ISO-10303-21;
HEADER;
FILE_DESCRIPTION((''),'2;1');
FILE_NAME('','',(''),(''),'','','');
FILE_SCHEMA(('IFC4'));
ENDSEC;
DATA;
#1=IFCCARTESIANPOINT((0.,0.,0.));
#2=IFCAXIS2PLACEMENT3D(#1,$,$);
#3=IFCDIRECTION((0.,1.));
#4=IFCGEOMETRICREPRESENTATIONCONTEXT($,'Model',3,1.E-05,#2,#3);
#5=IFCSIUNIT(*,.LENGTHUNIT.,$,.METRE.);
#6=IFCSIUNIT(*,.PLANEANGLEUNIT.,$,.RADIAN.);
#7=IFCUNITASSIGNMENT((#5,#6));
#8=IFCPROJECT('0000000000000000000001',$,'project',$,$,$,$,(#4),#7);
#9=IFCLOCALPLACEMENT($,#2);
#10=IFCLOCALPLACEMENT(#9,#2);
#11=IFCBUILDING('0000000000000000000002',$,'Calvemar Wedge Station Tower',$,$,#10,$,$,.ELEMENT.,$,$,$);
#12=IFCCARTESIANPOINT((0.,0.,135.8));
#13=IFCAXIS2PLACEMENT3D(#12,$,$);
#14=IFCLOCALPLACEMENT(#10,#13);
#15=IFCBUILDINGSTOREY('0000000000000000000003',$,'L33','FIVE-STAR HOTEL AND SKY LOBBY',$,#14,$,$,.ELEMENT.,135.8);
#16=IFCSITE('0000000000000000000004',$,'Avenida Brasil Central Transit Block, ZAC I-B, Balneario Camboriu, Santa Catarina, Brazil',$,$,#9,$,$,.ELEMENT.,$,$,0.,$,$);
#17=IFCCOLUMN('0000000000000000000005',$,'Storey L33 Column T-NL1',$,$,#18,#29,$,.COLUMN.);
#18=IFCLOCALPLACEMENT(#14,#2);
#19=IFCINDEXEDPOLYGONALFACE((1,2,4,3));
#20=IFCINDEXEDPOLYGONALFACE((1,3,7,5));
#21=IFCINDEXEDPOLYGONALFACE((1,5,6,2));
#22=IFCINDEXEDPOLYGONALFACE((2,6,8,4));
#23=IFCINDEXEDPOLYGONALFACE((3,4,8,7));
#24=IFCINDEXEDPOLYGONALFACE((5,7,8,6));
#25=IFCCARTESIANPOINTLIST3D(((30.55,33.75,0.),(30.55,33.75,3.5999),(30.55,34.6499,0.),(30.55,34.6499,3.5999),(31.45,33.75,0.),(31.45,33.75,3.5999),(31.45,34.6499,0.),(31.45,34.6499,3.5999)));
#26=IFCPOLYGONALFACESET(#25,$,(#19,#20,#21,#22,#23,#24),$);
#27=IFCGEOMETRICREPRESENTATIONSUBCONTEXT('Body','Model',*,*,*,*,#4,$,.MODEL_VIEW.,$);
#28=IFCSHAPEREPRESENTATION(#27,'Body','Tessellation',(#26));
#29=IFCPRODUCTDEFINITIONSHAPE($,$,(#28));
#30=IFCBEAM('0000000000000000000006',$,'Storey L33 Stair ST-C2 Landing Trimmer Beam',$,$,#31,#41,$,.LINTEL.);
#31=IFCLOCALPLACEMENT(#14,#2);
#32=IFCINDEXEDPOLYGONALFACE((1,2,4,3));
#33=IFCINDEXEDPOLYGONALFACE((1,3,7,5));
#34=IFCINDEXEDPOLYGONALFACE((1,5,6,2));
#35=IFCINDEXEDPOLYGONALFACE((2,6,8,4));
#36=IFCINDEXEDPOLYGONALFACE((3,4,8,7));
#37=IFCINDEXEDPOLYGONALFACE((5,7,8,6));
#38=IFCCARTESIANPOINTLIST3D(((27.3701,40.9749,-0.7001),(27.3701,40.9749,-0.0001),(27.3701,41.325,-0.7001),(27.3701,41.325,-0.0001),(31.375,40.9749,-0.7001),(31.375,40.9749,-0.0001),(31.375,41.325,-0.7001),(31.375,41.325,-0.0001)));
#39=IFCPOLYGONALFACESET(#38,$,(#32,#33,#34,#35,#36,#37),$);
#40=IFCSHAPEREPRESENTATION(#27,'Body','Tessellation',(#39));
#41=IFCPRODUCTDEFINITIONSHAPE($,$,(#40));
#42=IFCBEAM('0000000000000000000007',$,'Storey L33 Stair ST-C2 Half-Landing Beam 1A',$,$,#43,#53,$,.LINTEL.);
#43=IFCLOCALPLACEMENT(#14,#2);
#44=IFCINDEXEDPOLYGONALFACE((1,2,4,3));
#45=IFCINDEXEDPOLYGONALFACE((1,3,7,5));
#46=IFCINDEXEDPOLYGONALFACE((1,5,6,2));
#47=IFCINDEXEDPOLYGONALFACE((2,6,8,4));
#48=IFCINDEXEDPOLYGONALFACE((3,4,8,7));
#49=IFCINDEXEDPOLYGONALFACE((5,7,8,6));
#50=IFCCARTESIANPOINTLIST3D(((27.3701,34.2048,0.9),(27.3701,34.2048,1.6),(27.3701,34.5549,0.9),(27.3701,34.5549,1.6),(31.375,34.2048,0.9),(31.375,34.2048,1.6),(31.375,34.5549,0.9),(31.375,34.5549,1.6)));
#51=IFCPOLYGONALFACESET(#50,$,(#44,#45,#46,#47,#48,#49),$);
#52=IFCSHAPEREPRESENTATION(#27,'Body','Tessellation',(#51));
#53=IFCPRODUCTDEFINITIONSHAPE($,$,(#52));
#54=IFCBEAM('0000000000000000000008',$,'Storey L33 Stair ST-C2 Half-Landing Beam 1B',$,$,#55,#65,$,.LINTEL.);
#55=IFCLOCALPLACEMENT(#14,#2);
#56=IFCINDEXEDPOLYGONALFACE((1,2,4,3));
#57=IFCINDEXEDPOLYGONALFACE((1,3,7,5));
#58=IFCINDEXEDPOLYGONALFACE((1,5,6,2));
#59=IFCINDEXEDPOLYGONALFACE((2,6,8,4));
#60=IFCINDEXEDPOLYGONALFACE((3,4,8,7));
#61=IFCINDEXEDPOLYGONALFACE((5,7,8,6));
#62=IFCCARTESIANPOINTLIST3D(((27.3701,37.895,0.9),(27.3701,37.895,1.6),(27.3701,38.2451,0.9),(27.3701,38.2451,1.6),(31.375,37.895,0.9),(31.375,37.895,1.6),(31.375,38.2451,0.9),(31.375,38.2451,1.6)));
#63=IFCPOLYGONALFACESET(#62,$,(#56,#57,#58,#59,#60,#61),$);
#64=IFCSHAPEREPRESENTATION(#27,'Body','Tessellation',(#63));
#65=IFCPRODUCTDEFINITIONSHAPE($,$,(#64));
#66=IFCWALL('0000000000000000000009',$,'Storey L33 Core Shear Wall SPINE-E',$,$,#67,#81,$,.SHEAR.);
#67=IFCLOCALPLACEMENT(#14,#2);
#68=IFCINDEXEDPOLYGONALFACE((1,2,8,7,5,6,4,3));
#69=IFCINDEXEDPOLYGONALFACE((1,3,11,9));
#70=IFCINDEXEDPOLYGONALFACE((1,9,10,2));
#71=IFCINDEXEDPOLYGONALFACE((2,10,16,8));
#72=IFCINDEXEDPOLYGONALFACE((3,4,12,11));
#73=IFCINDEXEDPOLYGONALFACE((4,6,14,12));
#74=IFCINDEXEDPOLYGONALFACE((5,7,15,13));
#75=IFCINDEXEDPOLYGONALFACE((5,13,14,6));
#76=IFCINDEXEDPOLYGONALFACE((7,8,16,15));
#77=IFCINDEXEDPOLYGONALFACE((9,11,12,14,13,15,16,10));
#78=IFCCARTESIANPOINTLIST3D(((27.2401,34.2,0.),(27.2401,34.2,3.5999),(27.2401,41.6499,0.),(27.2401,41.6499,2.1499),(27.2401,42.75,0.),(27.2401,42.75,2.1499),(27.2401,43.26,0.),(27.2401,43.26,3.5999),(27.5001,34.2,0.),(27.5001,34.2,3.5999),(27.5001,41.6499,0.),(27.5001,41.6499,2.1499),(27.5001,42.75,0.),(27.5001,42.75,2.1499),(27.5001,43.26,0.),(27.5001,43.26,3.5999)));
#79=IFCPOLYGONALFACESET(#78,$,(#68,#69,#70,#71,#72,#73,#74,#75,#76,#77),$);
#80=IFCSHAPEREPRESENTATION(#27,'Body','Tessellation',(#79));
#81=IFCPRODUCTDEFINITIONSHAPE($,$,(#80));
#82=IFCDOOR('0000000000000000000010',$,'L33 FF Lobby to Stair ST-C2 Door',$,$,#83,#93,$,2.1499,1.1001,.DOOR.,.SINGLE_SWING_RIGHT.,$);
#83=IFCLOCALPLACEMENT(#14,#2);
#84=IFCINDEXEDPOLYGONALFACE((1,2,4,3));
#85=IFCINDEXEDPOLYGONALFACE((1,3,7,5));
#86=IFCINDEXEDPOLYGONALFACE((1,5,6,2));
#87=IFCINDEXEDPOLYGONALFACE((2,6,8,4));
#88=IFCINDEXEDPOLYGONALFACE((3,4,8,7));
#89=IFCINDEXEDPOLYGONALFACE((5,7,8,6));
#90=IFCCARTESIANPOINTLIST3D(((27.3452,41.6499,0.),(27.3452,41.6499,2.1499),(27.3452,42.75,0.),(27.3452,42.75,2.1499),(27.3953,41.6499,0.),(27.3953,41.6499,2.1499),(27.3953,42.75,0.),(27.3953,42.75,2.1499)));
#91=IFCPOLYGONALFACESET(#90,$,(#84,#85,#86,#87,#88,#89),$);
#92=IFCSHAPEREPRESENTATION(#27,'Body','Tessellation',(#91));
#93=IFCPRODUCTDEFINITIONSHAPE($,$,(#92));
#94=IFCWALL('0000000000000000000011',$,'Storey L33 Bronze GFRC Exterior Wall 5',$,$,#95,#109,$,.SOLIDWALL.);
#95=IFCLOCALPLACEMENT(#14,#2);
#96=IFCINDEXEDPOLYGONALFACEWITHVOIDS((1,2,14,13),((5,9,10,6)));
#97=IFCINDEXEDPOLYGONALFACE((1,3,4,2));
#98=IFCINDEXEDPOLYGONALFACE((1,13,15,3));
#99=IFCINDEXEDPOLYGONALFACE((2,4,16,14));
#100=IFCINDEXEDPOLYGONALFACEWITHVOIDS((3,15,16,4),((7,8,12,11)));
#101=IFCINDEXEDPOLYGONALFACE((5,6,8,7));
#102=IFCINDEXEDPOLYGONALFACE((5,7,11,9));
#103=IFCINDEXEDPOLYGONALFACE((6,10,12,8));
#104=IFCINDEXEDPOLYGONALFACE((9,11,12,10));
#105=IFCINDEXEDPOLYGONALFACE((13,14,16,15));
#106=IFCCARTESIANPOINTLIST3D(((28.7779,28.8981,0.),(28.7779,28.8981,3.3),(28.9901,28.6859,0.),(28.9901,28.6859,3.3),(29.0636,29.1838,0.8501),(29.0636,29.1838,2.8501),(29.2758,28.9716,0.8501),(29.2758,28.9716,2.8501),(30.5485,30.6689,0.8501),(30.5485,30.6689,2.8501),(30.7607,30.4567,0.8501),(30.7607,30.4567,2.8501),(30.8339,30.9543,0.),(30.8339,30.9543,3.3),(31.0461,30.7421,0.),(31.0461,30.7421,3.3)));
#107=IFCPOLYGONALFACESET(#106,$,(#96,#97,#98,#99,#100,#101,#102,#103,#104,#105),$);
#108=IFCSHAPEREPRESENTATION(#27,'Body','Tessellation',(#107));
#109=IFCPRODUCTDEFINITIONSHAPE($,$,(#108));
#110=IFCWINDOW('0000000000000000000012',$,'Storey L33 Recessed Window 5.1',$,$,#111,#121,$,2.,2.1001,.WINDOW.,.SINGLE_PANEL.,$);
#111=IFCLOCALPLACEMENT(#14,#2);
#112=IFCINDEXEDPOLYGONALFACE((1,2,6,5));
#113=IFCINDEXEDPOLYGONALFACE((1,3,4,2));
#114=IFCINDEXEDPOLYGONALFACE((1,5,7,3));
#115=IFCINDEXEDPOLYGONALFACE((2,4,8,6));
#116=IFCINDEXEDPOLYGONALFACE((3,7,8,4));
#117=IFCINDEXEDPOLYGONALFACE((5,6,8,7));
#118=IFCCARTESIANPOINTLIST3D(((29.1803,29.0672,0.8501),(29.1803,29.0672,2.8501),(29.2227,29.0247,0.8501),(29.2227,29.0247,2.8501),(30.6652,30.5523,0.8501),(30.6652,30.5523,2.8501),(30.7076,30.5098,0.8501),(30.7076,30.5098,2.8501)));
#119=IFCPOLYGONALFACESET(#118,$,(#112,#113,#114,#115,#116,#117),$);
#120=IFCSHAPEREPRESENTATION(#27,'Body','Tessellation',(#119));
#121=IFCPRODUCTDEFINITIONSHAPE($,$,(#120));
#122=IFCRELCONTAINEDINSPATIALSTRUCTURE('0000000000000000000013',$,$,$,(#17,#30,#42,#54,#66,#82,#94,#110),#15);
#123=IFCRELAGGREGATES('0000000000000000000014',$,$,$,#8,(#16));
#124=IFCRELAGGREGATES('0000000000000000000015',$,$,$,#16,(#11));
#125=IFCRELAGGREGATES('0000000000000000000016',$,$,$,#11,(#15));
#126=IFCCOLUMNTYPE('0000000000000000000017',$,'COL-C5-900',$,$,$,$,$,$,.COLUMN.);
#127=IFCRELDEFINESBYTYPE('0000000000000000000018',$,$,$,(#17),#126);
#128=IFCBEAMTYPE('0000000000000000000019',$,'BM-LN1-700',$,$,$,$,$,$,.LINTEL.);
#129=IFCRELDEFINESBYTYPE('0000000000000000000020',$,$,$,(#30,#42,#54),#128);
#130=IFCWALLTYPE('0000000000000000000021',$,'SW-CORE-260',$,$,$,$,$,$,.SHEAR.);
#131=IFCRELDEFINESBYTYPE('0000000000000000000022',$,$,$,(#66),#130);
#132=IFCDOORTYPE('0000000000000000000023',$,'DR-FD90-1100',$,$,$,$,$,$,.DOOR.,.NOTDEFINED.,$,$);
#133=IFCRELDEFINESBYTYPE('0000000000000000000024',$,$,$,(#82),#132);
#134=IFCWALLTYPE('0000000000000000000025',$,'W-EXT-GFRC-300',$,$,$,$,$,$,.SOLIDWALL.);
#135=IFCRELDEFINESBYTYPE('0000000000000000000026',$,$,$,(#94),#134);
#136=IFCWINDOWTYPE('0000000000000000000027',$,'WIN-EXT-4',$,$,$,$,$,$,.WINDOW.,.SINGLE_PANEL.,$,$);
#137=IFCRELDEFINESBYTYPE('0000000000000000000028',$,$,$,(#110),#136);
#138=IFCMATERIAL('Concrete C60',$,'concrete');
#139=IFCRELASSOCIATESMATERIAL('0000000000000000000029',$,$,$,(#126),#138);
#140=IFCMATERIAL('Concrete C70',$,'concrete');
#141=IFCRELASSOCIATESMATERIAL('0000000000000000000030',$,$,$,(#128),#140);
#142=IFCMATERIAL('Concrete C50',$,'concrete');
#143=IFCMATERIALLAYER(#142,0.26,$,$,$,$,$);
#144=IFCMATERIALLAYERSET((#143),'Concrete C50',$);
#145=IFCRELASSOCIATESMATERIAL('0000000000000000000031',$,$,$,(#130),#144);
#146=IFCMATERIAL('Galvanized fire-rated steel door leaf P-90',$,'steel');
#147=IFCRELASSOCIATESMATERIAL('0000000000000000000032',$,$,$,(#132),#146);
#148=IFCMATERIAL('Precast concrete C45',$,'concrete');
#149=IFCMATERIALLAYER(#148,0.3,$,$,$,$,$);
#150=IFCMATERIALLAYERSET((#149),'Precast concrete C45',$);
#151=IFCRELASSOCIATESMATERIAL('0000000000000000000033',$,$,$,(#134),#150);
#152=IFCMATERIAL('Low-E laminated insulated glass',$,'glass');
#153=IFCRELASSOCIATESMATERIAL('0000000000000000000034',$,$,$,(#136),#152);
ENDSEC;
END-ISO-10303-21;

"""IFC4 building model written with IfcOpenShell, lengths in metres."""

from ifc_helpers import new_model, si_unit, direction, frame, frame_2d, origin, origin_2d, place, context, subcontext, project, spatial, rectangle, extrude, source, transform, mapped, material, layer, layer_set, material_profile, profile_set, type_object, element, fill, save


model = new_model("IFC4")

# Units and contexts
model_context = context("Model", 3, precision=1e-05, world=origin(), true_north=direction((0.0, 1.0)))
body_context = subcontext(model_context, "Body", "Model", "MODEL_VIEW")
ifc_project = project(units=[si_unit("LENGTHUNIT", "METRE"), si_unit("PLANEANGLEUNIT", "RADIAN")], contexts=[model_context])

# Site, building, storey
site_placement = place(None, origin())
site = spatial("IfcSite", under=ifc_project, at=site_placement, Name="Avenida Brasil Central Transit Block, ZAC I-B, Balneario Camboriu, Santa Catarina, Brazil", CompositionType="ELEMENT", RefElevation=0.0)
building_placement = place(site_placement, origin())
building = spatial("IfcBuilding", under=site, at=building_placement, Name="Calvemar Wedge Station Tower", CompositionType="ELEMENT")
storey_placement = place(building_placement, frame((0.0, 0.0, 135.8)))
storey = spatial("IfcBuildingStorey", under=building, at=storey_placement, Name="L33", Description="FIVE-STAR HOTEL AND SKY LOBBY", CompositionType="ELEMENT", Elevation=135.8)

# Column
ifc_material_1 = material(Name="Concrete C60", Category="concrete")
ifc_material_profile_1 = material_profile(ifc_material_1, rectangle(XDim=0.8999, YDim=0.8999, at=origin_2d()), Name="RC900x900")
ifc_profile_set_1 = profile_set([ifc_material_profile_1], Name="Concrete C60")
column_type = type_object("IfcColumnType", Name="COL-C5-900", PredefinedType="COLUMN", material=ifc_profile_set_1)
shared_shape_1 = source(origin(), body_context, "Body", "SweptSolid", [
    extrude(rectangle(XDim=0.8999, YDim=0.8999, at=origin_2d()), origin(), (0.0, 0.0, 1.0), 3.5999),
])
column_placement = place(storey_placement, frame((31.0, 34.2, 0.0), z_axis=(0.0, 0.0, 1.0), x_axis=(1.0, 0.0, 0.0)))
element("IfcColumn", 1, at=column_placement, inside=storey, type_object=column_type, Name="Storey L33 Column T-NL1", PredefinedType="COLUMN", context=body_context, shape_type="MappedRepresentation", body=[
    mapped(shared_shape_1, transform((0.0, 0.0, 0.0), scale=1.0)),
])

# Beams
ifc_material_2 = material(Name="Concrete C70", Category="concrete")
ifc_material_profile_2 = material_profile(ifc_material_2, rectangle(XDim=0.3501, YDim=0.7, at=origin_2d()), Name="RC350x700")
ifc_profile_set_2 = profile_set([ifc_material_profile_2], Name="Concrete C70")
beam_type = type_object("IfcBeamType", Name="BM-LN1-700", PredefinedType="LINTEL", material=ifc_profile_set_2)
shared_shape_2 = source(origin(), body_context, "Body", "SweptSolid", [
    extrude(rectangle(XDim=0.3501, YDim=0.7, at=origin_2d()), origin(), (0.0, 0.0, 1.0), 4.0049),
])
for number, where, z_axis, x_axis, name in (
    (2, (27.3701, 41.1499, -0.3501), (1.0, 0.0, 0.0), (0.0, 1.0, 0.0), "Storey L33 Stair ST-C2 Landing Trimmer Beam"),
    (3, (27.3701, 34.3799, 1.25), (1.0, 0.0, 0.0), (0.0, 1.0, 0.0), "Storey L33 Stair ST-C2 Half-Landing Beam 1A"),
    (4, (27.3701, 38.0701, 1.25), (1.0, 0.0, 0.0), (0.0, 1.0, 0.0), "Storey L33 Stair ST-C2 Half-Landing Beam 1B"),
):
    element("IfcBeam", number, at=place(storey_placement, frame(where, z_axis=z_axis, x_axis=x_axis)), inside=storey, type_object=beam_type, Name=name, PredefinedType="LINTEL", context=body_context, shape_type="MappedRepresentation", body=[
        mapped(shared_shape_2, transform((0.0, 0.0, 0.0), scale=1.0)),
    ])

# Wall, opening, door
ifc_material_3 = material(Name="Concrete C50", Category="concrete")
ifc_layer_1 = layer(ifc_material_3, 0.26)
ifc_layer_set_1 = layer_set([ifc_layer_1], Name="Concrete C50")
wall_type_1 = type_object("IfcWallType", Name="SW-CORE-260", PredefinedType="SHEAR", material=ifc_layer_set_1)
wall_1_placement = place(storey_placement, frame((27.3701, 34.2, 0.0), z_axis=(0.0, 0.0, 1.0), x_axis=(0.0, 1.0, 0.0)))
wall_1 = element("IfcWall", 5, at=wall_1_placement, inside=storey, type_object=wall_type_1, Name="Storey L33 Core Shear Wall SPINE-E", PredefinedType="SHEAR", context=body_context, shape_type="SweptSolid", body=[
    extrude(rectangle(XDim=9.0601, YDim=0.26, at=frame_2d((4.53, 0.0))), origin(), (0.0, 0.0, 1.0), 3.5999),
])
shared_shape_3 = source(origin(), body_context, "Body", "SweptSolid", [
    extrude(rectangle(XDim=1.1001, YDim=2.1499, at=frame_2d((0.55, 1.075))), frame((0.0, 0.1401, 0.0), z_axis=(0.0, -1.0, 0.0), x_axis=(1.0, 0.0, 0.0)), (0.0, 0.0, 1.0), 0.28),
])
opening_1_placement = place(wall_1_placement, frame((7.45, 0.0, 0.0)))
opening_1 = element("IfcOpeningElement", 6, at=opening_1_placement, cuts=wall_1, PredefinedType="OPENING", context=body_context, shape_type="MappedRepresentation", body=[
    mapped(shared_shape_3, transform((0.0, 0.0, 0.0), scale=1.0)),
])
ifc_material_4 = material(Name="Galvanized fire-rated steel door leaf P-90", Category="steel")
door_type_1 = type_object("IfcDoorType", Name="DR-FD90-1100", OperationType="NOTDEFINED", PredefinedType="DOOR", material=ifc_material_4)
shared_shape_4 = source(origin(), body_context, "Body", "SweptSolid", [
    extrude(rectangle(XDim=1.1001, YDim=2.1499, at=frame_2d((0.55, 1.075))), frame((0.0, 0.0249, 0.0), z_axis=(0.0, -1.0, 0.0), x_axis=(1.0, 0.0, 0.0)), (0.0, 0.0, 1.0), 0.05),
])
door_1_placement = place(opening_1_placement, origin())
door_1 = element("IfcDoor", 7, at=door_1_placement, inside=storey, type_object=door_type_1, Name="L33 FF Lobby to Stair ST-C2 Door", OperationType="SINGLE_SWING_RIGHT", OverallHeight=2.1499, OverallWidth=1.1001, PredefinedType="DOOR", context=body_context, shape_type="MappedRepresentation", body=[
    mapped(shared_shape_4, transform((0.0, 0.0, 0.0), scale=1.0)),
])
fill(opening_1, door_1)

# Wall, opening, window
ifc_material_5 = material(Name="Precast concrete C45", Category="concrete")
ifc_layer_2 = layer(ifc_material_5, 0.3)
ifc_layer_set_2 = layer_set([ifc_layer_2], Name="Precast concrete C45")
wall_type_2 = type_object("IfcWallType", Name="W-EXT-GFRC-300", PredefinedType="SOLIDWALL", material=ifc_layer_set_2)
wall_2_placement = place(storey_placement, frame((28.884, 28.792, 0.0), z_axis=(0.0, 0.0, 1.0), x_axis=(0.707065, 0.707149, 0.0)))
wall_2 = element("IfcWall", 8, at=wall_2_placement, inside=storey, type_object=wall_type_2, Name="Storey L33 Bronze GFRC Exterior Wall 5", PredefinedType="SOLIDWALL", context=body_context, shape_type="SweptSolid", body=[
    extrude(rectangle(XDim=2.9077, YDim=0.3, at=frame_2d((1.4539, 0.0))), origin(), (0.0, 0.0, 1.0), 3.3),
])
shared_shape_5 = source(origin(), body_context, "Body", "SweptSolid", [
    extrude(rectangle(XDim=2.1001, YDim=2.0, at=frame_2d((1.05, 1.0))), frame((0.0, 0.1602, 0.0), z_axis=(0.0, -1.0, 0.0), x_axis=(1.0, 0.0, 0.0)), (0.0, 0.0, 1.0), 0.3201),
])
opening_2_placement = place(wall_2_placement, frame((0.4041, 0.0, 0.8501)))
opening_2 = element("IfcOpeningElement", 9, at=opening_2_placement, cuts=wall_2, PredefinedType="OPENING", context=body_context, shape_type="MappedRepresentation", body=[
    mapped(shared_shape_5, transform((0.0, 0.0, 0.0), scale=1.0)),
])
ifc_material_6 = material(Name="Low-E laminated insulated glass", Category="glass")
window_type_1 = type_object("IfcWindowType", Name="WIN-EXT-4", PartitioningType="SINGLE_PANEL", PredefinedType="WINDOW", material=ifc_material_6)
shared_shape_6 = source(origin(), body_context, "Body", "SweptSolid", [
    extrude(rectangle(XDim=2.1001, YDim=2.0, at=frame_2d((1.05, 1.0))), frame((0.0, -0.0149, 0.0), z_axis=(0.0, -1.0, 0.0), x_axis=(1.0, 0.0, 0.0)), (0.0, 0.0, 1.0), 0.0601),
])
window_1_placement = place(opening_2_placement, origin())
window_1 = element("IfcWindow", 10, at=window_1_placement, inside=storey, type_object=window_type_1, Name="Storey L33 Recessed Window 5.1", OverallHeight=2.0, OverallWidth=2.1001, PartitioningType="SINGLE_PANEL", PredefinedType="WINDOW", context=body_context, shape_type="MappedRepresentation", body=[
    mapped(shared_shape_6, transform((0.0, 0.0, 0.0), scale=1.0)),
])
fill(opening_2, window_1)

save(model, "model.ifc")
